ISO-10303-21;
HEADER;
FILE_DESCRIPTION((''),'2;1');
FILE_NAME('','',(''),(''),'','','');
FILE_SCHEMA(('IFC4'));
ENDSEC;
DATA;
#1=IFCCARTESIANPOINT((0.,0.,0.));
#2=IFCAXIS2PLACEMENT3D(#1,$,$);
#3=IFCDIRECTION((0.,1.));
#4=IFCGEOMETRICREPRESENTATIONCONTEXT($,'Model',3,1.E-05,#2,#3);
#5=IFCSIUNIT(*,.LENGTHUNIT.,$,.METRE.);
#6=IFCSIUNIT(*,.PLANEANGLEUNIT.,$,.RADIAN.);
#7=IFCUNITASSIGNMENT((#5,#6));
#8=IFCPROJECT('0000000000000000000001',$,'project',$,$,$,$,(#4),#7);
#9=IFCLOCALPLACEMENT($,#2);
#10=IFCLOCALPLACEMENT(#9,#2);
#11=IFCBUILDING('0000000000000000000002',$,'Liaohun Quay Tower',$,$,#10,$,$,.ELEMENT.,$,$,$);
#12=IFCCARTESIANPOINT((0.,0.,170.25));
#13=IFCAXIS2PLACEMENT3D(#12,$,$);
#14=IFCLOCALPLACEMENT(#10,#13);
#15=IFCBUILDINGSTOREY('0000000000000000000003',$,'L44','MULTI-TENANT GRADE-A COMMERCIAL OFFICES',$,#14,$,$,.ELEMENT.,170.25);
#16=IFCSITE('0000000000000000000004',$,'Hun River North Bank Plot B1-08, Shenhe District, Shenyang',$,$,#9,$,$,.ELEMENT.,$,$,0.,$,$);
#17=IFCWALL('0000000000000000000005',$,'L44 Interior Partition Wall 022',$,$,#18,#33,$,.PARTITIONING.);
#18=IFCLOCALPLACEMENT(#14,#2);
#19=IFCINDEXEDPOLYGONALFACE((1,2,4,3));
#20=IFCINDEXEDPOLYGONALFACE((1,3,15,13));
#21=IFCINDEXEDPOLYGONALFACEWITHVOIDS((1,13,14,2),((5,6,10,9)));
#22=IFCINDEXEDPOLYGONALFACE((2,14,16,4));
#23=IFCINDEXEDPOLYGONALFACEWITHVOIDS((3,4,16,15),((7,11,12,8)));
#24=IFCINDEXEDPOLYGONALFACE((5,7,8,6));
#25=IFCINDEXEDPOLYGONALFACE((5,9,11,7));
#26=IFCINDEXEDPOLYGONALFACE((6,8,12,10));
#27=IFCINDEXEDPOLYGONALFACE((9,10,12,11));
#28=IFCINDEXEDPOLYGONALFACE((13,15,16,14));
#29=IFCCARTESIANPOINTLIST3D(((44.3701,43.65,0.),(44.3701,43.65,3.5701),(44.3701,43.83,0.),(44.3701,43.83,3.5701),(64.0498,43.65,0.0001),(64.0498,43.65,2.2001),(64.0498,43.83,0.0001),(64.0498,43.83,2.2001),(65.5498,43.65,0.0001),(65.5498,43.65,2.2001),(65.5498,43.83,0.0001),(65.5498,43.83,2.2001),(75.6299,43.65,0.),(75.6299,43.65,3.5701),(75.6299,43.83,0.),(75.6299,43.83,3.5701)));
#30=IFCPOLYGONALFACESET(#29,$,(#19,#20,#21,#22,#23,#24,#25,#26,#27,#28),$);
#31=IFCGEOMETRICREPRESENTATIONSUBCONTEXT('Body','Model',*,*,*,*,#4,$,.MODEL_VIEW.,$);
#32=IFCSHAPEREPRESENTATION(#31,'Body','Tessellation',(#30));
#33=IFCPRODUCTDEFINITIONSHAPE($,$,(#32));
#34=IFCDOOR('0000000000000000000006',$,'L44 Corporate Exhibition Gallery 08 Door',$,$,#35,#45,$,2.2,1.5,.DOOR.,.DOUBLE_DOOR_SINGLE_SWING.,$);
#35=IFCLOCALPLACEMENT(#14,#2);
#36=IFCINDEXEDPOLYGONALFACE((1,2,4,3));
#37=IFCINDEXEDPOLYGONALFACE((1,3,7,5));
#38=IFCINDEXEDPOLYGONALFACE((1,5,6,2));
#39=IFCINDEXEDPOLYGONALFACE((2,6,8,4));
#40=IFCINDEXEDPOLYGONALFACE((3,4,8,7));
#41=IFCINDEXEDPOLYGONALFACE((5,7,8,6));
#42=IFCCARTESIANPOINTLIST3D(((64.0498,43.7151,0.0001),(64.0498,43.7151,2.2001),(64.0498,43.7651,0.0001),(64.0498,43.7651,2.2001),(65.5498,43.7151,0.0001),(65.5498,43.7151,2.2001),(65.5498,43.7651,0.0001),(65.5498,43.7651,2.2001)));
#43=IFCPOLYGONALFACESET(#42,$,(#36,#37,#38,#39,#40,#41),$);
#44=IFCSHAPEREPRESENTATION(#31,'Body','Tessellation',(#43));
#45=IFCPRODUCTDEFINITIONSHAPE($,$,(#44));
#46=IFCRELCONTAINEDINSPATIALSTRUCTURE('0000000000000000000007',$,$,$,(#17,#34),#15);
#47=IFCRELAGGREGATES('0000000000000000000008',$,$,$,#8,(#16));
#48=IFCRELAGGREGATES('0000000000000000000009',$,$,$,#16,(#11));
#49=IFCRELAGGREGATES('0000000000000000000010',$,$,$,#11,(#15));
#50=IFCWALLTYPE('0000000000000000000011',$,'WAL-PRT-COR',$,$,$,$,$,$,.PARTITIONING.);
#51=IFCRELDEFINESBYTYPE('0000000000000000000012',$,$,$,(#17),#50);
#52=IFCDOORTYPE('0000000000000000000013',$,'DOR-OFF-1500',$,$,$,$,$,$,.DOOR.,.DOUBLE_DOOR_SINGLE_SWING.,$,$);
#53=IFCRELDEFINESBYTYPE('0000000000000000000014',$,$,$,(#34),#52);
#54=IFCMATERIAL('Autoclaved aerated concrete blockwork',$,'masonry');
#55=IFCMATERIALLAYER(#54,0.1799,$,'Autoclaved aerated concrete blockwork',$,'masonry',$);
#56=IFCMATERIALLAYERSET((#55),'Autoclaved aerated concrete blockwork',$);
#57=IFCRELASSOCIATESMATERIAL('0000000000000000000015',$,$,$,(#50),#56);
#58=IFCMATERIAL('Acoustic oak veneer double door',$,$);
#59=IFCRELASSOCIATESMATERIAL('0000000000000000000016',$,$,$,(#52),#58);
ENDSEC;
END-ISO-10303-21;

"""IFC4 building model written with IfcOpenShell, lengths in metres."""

from ifc_helpers import new_model, si_unit, direction, frame, frame_2d, origin, place, context, subcontext, project, spatial, rectangle, extrude, source, transform, mapped, material, layer, layer_set, type_object, element, fill, save


model = new_model("IFC4")

# Units and contexts
model_context = context("Model", 3, precision=1e-05, world=origin(), true_north=direction((0.0, 1.0)))
body_context = subcontext(model_context, "Body", "Model", "MODEL_VIEW")
ifc_project = project(units=[si_unit("LENGTHUNIT", "METRE"), si_unit("PLANEANGLEUNIT", "RADIAN")], contexts=[model_context])

# Site, building, storey
site_placement = place(None, origin())
site = spatial("IfcSite", under=ifc_project, at=site_placement, Name="Hun River North Bank Plot B1-08, Shenhe District, Shenyang", CompositionType="ELEMENT", RefElevation=0.0)
building_placement = place(site_placement, origin())
building = spatial("IfcBuilding", under=site, at=building_placement, Name="Liaohun Quay Tower", CompositionType="ELEMENT")
storey_placement = place(building_placement, frame((0.0, 0.0, 170.25)))
storey = spatial("IfcBuildingStorey", under=building, at=storey_placement, Name="L44", Description="MULTI-TENANT GRADE-A COMMERCIAL OFFICES", CompositionType="ELEMENT", Elevation=170.25)

# Wall, opening, door
ifc_material_1 = material(Name="Autoclaved aerated concrete blockwork", Category="masonry")
ifc_layer_1 = layer(ifc_material_1, 0.1799, Name="Autoclaved aerated concrete blockwork", Category="masonry")
ifc_layer_set_1 = layer_set([ifc_layer_1], Name="Autoclaved aerated concrete blockwork")
wall_type_1 = type_object("IfcWallType", Name="WAL-PRT-COR", PredefinedType="PARTITIONING", material=ifc_layer_set_1)
wall_1_placement = place(storey_placement, frame((75.6299, 43.74, 0.0), z_axis=(0.0, 0.0, 1.0), x_axis=(-1.0, 0.0, 0.0)))
wall_1 = element("IfcWall", 1, at=wall_1_placement, inside=storey, type_object=wall_type_1, Name="L44 Interior Partition Wall 022", PredefinedType="PARTITIONING", context=body_context, shape_type="SweptSolid", body=[
    extrude(rectangle(XDim=31.2598, YDim=0.1799, at=frame_2d((15.6299, 0.0))), origin(), (0.0, 0.0, 1.0), 3.5701),
])
shared_shape_1 = source(origin(), body_context, "Body", "SweptSolid", [
    extrude(rectangle(XDim=1.5, YDim=2.2, at=frame_2d((0.75, 1.1001))), frame((0.0, 0.0999, 0.0), z_axis=(0.0, -1.0, 0.0), x_axis=(1.0, 0.0, 0.0)), (0.0, 0.0, 1.0), 0.2),
])
opening_1_placement = place(wall_1_placement, frame((10.0801, 0.0, 0.0)))
opening_1 = element("IfcOpeningElement", 2, at=opening_1_placement, cuts=wall_1, PredefinedType="OPENING", context=body_context, shape_type="MappedRepresentation", body=[
    mapped(shared_shape_1, transform((0.0, 0.0, 0.0), x_axis=(1.0, 0.0, 0.0), y_axis=(0.0, 1.0, 0.0), z_axis=(0.0, 0.0, 1.0), scale=1.0)),
])
ifc_material_2 = material(Name="Acoustic oak veneer double door")
door_type = type_object("IfcDoorType", Name="DOR-OFF-1500", OperationType="DOUBLE_DOOR_SINGLE_SWING", PredefinedType="DOOR", material=ifc_material_2)
shared_shape_2 = source(origin(), body_context, "Body", "SweptSolid", [
    extrude(rectangle(XDim=1.5, YDim=2.2, at=frame_2d((0.75, 1.1001))), frame((0.0, 0.0249, 0.0), z_axis=(0.0, -1.0, 0.0), x_axis=(1.0, 0.0, 0.0)), (0.0, 0.0, 1.0), 0.05),
])
door_placement = place(opening_1_placement, origin())
door = element("IfcDoor", 3, at=door_placement, inside=storey, type_object=door_type, Name="L44 Corporate Exhibition Gallery 08 Door", OperationType="DOUBLE_DOOR_SINGLE_SWING", OverallHeight=2.2, OverallWidth=1.5, PredefinedType="DOOR", context=body_context, shape_type="MappedRepresentation", body=[
    mapped(shared_shape_2, transform((0.0, 0.0, 0.0), x_axis=(1.0, 0.0, 0.0), y_axis=(0.0, 1.0, 0.0), z_axis=(0.0, 0.0, 1.0), scale=1.0)),
])
fill(opening_1, door)

save(model, "model.ifc")
